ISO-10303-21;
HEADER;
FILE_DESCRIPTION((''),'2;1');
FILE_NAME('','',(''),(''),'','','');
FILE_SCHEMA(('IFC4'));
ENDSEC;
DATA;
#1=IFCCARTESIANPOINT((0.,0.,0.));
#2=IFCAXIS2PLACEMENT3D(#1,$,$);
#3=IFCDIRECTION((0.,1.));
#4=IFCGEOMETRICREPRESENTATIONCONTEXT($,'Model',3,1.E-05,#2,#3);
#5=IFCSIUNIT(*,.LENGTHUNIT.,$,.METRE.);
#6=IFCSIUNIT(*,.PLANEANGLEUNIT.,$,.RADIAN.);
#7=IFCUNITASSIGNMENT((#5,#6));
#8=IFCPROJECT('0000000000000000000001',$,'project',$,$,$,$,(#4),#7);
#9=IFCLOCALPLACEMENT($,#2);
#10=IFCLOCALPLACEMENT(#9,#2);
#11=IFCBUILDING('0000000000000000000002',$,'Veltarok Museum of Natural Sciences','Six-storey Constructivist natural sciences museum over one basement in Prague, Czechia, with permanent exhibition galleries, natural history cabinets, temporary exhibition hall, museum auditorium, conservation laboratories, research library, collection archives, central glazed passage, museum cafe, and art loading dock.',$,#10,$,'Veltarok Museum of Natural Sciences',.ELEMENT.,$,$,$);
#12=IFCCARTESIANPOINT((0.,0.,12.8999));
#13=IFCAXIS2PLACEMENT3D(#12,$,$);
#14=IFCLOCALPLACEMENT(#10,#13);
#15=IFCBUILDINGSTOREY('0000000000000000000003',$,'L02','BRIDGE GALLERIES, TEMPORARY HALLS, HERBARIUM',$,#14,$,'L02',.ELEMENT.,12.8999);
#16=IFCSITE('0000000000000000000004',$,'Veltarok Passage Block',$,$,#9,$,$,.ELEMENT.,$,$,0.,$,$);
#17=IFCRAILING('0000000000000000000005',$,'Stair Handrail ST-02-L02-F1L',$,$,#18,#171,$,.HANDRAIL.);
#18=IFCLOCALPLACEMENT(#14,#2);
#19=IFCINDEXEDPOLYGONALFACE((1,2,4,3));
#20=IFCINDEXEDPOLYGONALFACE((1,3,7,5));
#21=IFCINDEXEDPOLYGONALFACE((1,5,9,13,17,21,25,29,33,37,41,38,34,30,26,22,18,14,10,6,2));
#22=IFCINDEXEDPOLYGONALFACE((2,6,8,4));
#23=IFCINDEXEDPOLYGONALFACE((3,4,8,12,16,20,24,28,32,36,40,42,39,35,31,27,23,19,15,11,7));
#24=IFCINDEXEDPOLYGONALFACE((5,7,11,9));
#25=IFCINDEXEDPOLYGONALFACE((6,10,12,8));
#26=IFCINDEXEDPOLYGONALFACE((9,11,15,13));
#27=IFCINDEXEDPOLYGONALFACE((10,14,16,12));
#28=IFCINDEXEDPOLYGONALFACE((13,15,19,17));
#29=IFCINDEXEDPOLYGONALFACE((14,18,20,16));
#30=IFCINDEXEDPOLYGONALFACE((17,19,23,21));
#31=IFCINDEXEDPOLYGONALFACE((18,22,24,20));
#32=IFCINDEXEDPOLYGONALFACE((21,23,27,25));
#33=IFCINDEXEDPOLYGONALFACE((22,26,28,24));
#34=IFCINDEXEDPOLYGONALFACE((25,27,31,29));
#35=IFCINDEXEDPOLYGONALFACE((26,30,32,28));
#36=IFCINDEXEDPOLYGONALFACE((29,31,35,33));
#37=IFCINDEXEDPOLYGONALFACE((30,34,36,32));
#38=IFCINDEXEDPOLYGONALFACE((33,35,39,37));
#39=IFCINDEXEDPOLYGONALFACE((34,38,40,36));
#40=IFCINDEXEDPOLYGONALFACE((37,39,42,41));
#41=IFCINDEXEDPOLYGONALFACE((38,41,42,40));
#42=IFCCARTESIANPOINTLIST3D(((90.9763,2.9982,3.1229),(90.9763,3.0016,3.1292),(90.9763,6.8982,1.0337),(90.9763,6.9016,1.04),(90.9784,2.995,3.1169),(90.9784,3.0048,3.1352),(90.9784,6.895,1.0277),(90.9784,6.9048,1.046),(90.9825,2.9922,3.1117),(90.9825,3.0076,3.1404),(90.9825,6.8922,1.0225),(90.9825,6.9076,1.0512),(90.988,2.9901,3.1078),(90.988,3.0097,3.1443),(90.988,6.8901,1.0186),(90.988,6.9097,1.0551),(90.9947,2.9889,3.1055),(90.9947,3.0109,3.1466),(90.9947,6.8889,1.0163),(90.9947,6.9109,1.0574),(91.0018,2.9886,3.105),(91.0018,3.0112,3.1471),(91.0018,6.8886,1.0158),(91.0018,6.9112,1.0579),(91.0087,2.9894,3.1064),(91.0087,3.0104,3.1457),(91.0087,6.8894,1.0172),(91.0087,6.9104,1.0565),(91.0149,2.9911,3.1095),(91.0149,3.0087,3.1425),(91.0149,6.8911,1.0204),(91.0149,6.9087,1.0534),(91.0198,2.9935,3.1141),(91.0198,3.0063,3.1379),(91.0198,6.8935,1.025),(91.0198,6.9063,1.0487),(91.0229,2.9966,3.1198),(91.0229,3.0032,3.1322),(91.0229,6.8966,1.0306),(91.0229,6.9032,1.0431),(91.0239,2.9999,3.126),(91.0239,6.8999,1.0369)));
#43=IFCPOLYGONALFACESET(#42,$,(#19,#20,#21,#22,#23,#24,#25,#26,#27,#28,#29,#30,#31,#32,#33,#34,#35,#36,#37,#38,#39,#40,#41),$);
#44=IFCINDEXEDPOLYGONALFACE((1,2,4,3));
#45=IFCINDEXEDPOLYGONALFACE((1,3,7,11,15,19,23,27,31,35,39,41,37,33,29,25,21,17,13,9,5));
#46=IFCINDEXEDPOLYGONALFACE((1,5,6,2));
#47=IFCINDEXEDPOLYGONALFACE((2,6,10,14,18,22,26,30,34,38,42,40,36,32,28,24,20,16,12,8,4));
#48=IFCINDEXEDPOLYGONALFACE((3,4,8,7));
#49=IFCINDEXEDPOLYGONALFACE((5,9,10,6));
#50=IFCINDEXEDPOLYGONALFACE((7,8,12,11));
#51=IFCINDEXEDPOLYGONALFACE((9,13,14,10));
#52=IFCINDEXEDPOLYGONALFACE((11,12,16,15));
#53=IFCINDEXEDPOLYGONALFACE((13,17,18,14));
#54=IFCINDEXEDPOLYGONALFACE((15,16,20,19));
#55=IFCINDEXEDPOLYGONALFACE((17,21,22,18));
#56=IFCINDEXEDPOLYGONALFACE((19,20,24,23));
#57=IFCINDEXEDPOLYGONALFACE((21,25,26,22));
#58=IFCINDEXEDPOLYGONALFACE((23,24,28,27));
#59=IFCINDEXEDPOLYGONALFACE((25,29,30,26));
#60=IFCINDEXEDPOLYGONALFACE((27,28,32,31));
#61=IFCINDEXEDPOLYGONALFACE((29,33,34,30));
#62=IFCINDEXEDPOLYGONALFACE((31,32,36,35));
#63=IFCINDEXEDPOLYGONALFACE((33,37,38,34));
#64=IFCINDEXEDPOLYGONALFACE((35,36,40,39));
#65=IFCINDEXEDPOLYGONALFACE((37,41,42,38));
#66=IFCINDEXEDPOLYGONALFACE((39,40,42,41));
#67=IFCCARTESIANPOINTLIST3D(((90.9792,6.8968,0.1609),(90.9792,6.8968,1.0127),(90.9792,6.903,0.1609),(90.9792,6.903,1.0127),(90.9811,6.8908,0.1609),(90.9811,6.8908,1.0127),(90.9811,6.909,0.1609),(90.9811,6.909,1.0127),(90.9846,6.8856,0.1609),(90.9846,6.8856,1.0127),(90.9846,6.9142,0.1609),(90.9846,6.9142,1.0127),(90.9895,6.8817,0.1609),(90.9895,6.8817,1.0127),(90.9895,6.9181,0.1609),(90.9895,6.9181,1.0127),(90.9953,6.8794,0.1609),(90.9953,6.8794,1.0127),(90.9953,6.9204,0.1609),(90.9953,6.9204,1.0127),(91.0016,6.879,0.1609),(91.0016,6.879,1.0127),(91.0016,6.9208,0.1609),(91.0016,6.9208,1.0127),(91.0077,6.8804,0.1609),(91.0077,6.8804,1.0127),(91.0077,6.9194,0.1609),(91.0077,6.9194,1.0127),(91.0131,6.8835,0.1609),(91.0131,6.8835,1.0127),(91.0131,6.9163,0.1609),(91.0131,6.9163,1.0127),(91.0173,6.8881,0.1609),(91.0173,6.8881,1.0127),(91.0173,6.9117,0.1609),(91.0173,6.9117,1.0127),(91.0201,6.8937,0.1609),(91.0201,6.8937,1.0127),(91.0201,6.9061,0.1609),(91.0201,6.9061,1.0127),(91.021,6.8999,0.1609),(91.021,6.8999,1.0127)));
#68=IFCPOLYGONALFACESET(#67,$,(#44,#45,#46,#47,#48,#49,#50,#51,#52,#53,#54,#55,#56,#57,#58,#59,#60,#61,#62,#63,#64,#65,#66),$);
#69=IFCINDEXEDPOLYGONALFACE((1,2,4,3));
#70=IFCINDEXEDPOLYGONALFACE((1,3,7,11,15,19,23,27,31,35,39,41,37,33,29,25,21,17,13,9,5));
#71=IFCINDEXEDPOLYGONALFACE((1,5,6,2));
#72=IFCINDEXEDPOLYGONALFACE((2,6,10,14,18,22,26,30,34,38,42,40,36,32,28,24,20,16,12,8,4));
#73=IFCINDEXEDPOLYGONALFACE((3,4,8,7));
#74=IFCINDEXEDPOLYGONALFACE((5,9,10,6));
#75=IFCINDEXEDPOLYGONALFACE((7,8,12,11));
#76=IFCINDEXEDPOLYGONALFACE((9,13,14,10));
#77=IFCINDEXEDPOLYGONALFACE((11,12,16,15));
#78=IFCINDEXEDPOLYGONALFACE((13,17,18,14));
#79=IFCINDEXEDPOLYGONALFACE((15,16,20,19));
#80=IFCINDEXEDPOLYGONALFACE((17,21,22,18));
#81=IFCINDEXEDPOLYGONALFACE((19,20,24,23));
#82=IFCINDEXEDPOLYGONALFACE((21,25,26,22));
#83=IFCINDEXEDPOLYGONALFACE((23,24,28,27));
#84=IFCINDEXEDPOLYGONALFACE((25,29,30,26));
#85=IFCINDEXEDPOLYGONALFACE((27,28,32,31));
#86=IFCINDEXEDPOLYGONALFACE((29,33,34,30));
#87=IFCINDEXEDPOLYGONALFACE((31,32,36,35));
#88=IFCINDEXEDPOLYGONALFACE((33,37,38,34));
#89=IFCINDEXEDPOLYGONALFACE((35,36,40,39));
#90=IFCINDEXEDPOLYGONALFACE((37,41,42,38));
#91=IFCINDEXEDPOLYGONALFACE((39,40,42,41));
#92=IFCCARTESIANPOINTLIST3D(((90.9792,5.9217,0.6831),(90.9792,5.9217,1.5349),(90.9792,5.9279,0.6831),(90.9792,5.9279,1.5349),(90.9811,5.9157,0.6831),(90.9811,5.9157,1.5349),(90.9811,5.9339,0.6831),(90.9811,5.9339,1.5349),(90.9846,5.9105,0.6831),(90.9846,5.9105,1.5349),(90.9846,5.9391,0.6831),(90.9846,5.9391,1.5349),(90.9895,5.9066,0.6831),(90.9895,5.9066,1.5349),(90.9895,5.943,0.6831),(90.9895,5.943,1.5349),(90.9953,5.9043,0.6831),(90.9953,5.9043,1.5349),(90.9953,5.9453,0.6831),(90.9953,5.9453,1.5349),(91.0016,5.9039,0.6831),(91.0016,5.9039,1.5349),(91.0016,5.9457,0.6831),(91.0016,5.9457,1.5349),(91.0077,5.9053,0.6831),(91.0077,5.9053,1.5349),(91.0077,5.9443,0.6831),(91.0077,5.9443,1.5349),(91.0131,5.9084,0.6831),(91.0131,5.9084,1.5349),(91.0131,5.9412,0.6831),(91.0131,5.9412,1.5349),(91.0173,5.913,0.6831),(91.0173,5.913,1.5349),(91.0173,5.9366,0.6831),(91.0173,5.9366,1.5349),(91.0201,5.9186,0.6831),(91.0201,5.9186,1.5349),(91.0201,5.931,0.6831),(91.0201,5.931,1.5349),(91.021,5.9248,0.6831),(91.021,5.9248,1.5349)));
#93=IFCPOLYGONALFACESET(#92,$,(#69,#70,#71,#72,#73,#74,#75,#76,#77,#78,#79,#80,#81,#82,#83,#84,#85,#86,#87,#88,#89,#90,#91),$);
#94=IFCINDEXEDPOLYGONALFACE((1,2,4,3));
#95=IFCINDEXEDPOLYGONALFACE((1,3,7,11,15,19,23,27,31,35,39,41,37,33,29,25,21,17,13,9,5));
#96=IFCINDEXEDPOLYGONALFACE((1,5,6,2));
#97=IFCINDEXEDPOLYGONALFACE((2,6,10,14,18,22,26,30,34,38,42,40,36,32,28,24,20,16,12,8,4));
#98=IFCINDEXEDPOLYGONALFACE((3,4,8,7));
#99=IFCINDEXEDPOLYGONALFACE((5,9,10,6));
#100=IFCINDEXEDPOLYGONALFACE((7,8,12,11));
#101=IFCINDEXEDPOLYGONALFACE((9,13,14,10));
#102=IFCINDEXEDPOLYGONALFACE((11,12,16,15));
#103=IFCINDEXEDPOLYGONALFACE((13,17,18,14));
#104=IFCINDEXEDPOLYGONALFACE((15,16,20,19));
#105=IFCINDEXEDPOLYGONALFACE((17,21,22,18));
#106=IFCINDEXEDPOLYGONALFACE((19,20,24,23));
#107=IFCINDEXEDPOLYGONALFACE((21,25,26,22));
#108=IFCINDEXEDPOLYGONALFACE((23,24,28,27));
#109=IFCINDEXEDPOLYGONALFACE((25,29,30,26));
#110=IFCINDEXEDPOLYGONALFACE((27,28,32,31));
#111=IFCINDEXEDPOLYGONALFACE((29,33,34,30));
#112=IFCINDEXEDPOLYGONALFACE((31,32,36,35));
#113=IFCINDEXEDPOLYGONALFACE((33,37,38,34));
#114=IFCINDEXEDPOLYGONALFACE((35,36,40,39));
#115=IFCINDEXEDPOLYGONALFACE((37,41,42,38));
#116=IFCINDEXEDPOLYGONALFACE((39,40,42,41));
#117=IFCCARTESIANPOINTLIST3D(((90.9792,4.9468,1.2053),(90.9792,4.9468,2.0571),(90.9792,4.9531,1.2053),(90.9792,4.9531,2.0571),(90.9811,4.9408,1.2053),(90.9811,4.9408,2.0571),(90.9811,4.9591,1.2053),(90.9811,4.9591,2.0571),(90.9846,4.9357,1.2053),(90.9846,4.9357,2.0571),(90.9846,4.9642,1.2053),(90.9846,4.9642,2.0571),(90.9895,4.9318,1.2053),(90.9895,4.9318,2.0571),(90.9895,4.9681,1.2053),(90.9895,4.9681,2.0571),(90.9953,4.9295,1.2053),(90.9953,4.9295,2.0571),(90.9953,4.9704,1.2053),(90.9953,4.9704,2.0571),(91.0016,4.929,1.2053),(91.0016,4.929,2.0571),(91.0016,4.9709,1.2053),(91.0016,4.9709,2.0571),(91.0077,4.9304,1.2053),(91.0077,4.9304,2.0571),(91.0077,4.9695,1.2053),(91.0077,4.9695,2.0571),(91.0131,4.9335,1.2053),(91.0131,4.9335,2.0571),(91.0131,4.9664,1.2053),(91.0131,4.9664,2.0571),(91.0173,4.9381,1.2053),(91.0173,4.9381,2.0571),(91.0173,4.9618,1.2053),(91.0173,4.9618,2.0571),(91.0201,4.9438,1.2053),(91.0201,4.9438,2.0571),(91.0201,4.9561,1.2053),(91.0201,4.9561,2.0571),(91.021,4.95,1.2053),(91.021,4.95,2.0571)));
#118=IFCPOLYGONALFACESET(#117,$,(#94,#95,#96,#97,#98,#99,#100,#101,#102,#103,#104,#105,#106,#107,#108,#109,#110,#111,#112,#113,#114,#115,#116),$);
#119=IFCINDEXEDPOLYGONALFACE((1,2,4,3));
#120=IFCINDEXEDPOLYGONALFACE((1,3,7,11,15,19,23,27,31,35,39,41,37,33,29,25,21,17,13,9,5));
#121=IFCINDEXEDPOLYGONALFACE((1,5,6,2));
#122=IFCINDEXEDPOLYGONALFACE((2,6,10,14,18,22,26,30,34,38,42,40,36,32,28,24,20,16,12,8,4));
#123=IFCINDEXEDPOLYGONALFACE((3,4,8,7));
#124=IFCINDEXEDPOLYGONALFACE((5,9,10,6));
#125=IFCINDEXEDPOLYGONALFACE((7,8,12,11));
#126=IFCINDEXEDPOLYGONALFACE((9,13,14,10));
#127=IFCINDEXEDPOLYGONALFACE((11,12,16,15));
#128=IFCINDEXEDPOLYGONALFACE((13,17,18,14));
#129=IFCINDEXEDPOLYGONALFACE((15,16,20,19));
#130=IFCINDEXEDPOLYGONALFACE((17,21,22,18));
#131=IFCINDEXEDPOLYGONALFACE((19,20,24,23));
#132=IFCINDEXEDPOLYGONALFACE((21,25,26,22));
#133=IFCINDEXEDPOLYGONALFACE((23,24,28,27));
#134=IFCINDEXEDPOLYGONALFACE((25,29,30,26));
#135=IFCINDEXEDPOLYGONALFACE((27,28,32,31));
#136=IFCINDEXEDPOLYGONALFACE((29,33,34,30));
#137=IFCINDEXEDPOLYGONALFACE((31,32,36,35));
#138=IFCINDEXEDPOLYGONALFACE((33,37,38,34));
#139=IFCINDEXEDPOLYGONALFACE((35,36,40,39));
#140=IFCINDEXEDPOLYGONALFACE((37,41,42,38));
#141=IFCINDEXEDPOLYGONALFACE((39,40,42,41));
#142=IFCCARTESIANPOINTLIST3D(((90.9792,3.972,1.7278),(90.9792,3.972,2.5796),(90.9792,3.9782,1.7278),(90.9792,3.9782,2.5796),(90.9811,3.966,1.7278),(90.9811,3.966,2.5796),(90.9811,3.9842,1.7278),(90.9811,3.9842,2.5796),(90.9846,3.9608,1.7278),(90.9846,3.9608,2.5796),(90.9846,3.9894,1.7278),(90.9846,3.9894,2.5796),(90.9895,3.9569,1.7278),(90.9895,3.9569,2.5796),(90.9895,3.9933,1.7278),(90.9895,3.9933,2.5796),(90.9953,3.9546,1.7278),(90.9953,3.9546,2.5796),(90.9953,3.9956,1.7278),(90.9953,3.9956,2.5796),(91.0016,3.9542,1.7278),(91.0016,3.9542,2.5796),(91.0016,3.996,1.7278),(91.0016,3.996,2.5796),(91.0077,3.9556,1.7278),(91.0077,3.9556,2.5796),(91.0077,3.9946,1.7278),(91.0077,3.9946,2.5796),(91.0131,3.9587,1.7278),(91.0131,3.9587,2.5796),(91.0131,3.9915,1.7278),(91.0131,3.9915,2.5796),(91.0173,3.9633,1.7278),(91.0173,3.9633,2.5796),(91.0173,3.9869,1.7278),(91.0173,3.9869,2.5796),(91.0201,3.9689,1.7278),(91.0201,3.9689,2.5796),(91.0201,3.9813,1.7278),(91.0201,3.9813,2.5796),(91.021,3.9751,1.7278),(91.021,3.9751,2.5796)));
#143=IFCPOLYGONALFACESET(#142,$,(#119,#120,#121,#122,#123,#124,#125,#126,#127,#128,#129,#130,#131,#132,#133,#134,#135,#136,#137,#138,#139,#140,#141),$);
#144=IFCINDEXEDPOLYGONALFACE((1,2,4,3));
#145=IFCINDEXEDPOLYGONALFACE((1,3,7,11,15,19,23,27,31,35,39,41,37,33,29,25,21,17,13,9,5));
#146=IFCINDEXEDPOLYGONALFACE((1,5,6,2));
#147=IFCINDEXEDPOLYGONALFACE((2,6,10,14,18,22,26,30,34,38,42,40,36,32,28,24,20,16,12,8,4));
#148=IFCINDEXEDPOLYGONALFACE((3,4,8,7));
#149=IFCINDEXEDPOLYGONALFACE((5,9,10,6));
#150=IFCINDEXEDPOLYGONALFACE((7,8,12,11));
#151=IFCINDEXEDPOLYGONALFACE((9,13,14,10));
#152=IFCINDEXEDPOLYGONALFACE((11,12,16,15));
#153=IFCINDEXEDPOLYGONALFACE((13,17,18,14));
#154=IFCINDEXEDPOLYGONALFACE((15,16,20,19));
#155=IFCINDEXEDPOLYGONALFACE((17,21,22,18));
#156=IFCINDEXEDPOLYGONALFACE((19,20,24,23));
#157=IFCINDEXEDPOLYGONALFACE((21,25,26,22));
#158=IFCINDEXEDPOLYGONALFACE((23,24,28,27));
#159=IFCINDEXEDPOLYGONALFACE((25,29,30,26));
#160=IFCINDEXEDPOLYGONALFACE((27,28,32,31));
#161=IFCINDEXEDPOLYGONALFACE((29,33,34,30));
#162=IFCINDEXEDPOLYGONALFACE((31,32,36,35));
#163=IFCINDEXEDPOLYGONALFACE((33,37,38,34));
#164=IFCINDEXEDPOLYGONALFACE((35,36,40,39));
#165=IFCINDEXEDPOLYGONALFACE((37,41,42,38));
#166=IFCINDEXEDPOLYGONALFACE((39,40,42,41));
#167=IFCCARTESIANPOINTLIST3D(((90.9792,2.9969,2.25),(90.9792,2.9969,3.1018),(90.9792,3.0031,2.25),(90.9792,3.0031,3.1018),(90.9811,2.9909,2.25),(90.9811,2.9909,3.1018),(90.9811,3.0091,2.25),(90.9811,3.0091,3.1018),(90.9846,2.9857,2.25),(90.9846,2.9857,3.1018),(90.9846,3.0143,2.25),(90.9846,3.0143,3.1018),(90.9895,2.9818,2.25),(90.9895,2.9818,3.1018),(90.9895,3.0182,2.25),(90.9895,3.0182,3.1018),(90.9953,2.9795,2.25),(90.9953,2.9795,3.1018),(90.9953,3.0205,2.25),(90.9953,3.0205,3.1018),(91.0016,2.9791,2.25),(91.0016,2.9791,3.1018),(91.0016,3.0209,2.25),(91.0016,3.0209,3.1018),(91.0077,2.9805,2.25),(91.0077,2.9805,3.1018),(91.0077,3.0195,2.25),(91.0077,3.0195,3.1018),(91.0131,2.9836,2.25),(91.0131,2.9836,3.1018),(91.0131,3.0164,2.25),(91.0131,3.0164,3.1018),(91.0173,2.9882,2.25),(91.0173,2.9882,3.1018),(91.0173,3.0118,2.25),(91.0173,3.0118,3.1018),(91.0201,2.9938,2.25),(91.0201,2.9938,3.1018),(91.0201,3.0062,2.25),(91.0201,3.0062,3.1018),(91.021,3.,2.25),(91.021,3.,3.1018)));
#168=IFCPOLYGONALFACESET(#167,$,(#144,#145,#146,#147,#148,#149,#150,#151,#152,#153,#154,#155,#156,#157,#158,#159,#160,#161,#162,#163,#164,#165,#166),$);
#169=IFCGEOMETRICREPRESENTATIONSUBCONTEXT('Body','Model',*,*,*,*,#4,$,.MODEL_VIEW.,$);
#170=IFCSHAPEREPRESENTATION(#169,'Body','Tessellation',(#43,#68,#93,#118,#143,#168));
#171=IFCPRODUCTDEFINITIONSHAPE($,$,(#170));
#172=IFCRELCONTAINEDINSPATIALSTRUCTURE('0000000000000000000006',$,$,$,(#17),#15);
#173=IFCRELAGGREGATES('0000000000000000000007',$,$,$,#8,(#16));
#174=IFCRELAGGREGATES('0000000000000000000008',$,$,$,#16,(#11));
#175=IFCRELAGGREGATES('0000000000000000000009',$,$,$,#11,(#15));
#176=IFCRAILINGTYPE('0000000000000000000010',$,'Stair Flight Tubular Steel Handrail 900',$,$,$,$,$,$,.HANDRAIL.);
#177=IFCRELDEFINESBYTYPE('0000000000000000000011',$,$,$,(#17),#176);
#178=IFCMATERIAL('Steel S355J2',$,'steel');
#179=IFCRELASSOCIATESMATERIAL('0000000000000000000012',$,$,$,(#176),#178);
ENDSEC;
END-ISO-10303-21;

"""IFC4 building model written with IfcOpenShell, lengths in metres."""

from ifc_helpers import new_model, si_unit, direction, frame, origin, origin_2d, place, context, subcontext, project, spatial, circle, extrude, material, type_object, element, save


model = new_model("IFC4")

# Units and contexts
model_context = context("Model", 3, precision=1e-05, world=origin(), true_north=direction((0.0, 1.0)))
body_context = subcontext(model_context, "Body", "Model", "MODEL_VIEW")
ifc_project = project(units=[si_unit("LENGTHUNIT", "METRE"), si_unit("PLANEANGLEUNIT", "RADIAN")], contexts=[model_context])

# Site, building, storey
site_placement = place(None, origin())
site = spatial("IfcSite", under=ifc_project, at=site_placement, Name="Veltarok Passage Block", CompositionType="ELEMENT", RefElevation=0.0)
building_placement = place(site_placement, origin())
building = spatial("IfcBuilding", under=site, at=building_placement, Name="Veltarok Museum of Natural Sciences", Description="Six-storey Constructivist natural sciences museum over one basement in Prague, Czechia, with permanent exhibition galleries, natural history cabinets, temporary exhibition hall, museum auditorium, conservation laboratories, research library, collection archives, central glazed passage, museum cafe, and art loading dock.", LongName="Veltarok Museum of Natural Sciences", CompositionType="ELEMENT")
storey_placement = place(building_placement, frame((0.0, 0.0, 12.8999)))
storey = spatial("IfcBuildingStorey", under=building, at=storey_placement, Name="L02", Description="BRIDGE GALLERIES, TEMPORARY HALLS, HERBARIUM", LongName="L02", CompositionType="ELEMENT", Elevation=12.8999)

# Shared definitions
ifc_material_1 = material(Name="Steel S355J2", Category="steel")

# Railing
railing_type_1 = type_object("IfcRailingType", Name="Stair Flight Tubular Steel Handrail 900", PredefinedType="HANDRAIL", material=ifc_material_1)
for number, where, name in (
    (1, (91.0, 6.8999, 0.1609), "Stair Handrail ST-02-L02-F1L"),
):
    element("IfcRailing", number, at=place(storey_placement, frame(where)), inside=storey, type_object=railing_type_1, Name=name, PredefinedType="HANDRAIL", context=body_context, shape_type="SweptSolid", body=[
        extrude(circle(Radius=0.0239, at=origin_2d()), frame((0.0, 0.0, 0.876), z_axis=(0.0, -0.881491, 0.4722), x_axis=(1.0, 0.0, 0.0)), (0.0, 0.0, 1.0), 4.4243),
        extrude(circle(Radius=0.021, at=origin_2d()), origin(), (0.0, 0.0, 1.0), 0.8518),
        extrude(circle(Radius=0.021, at=origin_2d()), frame((0.0, -0.9751, 0.5222)), (0.0, 0.0, 1.0), 0.8518),
        extrude(circle(Radius=0.021, at=origin_2d()), frame((0.0, -1.95, 1.0444)), (0.0, 0.0, 1.0), 0.8518),
        extrude(circle(Radius=0.021, at=origin_2d()), frame((0.0, -2.9248, 1.5669)), (0.0, 0.0, 1.0), 0.8518),
        extrude(circle(Radius=0.021, at=origin_2d()), frame((0.0, -3.8999, 2.0891)), (0.0, 0.0, 1.0), 0.8518),
    ])

save(model, "model.ifc")
